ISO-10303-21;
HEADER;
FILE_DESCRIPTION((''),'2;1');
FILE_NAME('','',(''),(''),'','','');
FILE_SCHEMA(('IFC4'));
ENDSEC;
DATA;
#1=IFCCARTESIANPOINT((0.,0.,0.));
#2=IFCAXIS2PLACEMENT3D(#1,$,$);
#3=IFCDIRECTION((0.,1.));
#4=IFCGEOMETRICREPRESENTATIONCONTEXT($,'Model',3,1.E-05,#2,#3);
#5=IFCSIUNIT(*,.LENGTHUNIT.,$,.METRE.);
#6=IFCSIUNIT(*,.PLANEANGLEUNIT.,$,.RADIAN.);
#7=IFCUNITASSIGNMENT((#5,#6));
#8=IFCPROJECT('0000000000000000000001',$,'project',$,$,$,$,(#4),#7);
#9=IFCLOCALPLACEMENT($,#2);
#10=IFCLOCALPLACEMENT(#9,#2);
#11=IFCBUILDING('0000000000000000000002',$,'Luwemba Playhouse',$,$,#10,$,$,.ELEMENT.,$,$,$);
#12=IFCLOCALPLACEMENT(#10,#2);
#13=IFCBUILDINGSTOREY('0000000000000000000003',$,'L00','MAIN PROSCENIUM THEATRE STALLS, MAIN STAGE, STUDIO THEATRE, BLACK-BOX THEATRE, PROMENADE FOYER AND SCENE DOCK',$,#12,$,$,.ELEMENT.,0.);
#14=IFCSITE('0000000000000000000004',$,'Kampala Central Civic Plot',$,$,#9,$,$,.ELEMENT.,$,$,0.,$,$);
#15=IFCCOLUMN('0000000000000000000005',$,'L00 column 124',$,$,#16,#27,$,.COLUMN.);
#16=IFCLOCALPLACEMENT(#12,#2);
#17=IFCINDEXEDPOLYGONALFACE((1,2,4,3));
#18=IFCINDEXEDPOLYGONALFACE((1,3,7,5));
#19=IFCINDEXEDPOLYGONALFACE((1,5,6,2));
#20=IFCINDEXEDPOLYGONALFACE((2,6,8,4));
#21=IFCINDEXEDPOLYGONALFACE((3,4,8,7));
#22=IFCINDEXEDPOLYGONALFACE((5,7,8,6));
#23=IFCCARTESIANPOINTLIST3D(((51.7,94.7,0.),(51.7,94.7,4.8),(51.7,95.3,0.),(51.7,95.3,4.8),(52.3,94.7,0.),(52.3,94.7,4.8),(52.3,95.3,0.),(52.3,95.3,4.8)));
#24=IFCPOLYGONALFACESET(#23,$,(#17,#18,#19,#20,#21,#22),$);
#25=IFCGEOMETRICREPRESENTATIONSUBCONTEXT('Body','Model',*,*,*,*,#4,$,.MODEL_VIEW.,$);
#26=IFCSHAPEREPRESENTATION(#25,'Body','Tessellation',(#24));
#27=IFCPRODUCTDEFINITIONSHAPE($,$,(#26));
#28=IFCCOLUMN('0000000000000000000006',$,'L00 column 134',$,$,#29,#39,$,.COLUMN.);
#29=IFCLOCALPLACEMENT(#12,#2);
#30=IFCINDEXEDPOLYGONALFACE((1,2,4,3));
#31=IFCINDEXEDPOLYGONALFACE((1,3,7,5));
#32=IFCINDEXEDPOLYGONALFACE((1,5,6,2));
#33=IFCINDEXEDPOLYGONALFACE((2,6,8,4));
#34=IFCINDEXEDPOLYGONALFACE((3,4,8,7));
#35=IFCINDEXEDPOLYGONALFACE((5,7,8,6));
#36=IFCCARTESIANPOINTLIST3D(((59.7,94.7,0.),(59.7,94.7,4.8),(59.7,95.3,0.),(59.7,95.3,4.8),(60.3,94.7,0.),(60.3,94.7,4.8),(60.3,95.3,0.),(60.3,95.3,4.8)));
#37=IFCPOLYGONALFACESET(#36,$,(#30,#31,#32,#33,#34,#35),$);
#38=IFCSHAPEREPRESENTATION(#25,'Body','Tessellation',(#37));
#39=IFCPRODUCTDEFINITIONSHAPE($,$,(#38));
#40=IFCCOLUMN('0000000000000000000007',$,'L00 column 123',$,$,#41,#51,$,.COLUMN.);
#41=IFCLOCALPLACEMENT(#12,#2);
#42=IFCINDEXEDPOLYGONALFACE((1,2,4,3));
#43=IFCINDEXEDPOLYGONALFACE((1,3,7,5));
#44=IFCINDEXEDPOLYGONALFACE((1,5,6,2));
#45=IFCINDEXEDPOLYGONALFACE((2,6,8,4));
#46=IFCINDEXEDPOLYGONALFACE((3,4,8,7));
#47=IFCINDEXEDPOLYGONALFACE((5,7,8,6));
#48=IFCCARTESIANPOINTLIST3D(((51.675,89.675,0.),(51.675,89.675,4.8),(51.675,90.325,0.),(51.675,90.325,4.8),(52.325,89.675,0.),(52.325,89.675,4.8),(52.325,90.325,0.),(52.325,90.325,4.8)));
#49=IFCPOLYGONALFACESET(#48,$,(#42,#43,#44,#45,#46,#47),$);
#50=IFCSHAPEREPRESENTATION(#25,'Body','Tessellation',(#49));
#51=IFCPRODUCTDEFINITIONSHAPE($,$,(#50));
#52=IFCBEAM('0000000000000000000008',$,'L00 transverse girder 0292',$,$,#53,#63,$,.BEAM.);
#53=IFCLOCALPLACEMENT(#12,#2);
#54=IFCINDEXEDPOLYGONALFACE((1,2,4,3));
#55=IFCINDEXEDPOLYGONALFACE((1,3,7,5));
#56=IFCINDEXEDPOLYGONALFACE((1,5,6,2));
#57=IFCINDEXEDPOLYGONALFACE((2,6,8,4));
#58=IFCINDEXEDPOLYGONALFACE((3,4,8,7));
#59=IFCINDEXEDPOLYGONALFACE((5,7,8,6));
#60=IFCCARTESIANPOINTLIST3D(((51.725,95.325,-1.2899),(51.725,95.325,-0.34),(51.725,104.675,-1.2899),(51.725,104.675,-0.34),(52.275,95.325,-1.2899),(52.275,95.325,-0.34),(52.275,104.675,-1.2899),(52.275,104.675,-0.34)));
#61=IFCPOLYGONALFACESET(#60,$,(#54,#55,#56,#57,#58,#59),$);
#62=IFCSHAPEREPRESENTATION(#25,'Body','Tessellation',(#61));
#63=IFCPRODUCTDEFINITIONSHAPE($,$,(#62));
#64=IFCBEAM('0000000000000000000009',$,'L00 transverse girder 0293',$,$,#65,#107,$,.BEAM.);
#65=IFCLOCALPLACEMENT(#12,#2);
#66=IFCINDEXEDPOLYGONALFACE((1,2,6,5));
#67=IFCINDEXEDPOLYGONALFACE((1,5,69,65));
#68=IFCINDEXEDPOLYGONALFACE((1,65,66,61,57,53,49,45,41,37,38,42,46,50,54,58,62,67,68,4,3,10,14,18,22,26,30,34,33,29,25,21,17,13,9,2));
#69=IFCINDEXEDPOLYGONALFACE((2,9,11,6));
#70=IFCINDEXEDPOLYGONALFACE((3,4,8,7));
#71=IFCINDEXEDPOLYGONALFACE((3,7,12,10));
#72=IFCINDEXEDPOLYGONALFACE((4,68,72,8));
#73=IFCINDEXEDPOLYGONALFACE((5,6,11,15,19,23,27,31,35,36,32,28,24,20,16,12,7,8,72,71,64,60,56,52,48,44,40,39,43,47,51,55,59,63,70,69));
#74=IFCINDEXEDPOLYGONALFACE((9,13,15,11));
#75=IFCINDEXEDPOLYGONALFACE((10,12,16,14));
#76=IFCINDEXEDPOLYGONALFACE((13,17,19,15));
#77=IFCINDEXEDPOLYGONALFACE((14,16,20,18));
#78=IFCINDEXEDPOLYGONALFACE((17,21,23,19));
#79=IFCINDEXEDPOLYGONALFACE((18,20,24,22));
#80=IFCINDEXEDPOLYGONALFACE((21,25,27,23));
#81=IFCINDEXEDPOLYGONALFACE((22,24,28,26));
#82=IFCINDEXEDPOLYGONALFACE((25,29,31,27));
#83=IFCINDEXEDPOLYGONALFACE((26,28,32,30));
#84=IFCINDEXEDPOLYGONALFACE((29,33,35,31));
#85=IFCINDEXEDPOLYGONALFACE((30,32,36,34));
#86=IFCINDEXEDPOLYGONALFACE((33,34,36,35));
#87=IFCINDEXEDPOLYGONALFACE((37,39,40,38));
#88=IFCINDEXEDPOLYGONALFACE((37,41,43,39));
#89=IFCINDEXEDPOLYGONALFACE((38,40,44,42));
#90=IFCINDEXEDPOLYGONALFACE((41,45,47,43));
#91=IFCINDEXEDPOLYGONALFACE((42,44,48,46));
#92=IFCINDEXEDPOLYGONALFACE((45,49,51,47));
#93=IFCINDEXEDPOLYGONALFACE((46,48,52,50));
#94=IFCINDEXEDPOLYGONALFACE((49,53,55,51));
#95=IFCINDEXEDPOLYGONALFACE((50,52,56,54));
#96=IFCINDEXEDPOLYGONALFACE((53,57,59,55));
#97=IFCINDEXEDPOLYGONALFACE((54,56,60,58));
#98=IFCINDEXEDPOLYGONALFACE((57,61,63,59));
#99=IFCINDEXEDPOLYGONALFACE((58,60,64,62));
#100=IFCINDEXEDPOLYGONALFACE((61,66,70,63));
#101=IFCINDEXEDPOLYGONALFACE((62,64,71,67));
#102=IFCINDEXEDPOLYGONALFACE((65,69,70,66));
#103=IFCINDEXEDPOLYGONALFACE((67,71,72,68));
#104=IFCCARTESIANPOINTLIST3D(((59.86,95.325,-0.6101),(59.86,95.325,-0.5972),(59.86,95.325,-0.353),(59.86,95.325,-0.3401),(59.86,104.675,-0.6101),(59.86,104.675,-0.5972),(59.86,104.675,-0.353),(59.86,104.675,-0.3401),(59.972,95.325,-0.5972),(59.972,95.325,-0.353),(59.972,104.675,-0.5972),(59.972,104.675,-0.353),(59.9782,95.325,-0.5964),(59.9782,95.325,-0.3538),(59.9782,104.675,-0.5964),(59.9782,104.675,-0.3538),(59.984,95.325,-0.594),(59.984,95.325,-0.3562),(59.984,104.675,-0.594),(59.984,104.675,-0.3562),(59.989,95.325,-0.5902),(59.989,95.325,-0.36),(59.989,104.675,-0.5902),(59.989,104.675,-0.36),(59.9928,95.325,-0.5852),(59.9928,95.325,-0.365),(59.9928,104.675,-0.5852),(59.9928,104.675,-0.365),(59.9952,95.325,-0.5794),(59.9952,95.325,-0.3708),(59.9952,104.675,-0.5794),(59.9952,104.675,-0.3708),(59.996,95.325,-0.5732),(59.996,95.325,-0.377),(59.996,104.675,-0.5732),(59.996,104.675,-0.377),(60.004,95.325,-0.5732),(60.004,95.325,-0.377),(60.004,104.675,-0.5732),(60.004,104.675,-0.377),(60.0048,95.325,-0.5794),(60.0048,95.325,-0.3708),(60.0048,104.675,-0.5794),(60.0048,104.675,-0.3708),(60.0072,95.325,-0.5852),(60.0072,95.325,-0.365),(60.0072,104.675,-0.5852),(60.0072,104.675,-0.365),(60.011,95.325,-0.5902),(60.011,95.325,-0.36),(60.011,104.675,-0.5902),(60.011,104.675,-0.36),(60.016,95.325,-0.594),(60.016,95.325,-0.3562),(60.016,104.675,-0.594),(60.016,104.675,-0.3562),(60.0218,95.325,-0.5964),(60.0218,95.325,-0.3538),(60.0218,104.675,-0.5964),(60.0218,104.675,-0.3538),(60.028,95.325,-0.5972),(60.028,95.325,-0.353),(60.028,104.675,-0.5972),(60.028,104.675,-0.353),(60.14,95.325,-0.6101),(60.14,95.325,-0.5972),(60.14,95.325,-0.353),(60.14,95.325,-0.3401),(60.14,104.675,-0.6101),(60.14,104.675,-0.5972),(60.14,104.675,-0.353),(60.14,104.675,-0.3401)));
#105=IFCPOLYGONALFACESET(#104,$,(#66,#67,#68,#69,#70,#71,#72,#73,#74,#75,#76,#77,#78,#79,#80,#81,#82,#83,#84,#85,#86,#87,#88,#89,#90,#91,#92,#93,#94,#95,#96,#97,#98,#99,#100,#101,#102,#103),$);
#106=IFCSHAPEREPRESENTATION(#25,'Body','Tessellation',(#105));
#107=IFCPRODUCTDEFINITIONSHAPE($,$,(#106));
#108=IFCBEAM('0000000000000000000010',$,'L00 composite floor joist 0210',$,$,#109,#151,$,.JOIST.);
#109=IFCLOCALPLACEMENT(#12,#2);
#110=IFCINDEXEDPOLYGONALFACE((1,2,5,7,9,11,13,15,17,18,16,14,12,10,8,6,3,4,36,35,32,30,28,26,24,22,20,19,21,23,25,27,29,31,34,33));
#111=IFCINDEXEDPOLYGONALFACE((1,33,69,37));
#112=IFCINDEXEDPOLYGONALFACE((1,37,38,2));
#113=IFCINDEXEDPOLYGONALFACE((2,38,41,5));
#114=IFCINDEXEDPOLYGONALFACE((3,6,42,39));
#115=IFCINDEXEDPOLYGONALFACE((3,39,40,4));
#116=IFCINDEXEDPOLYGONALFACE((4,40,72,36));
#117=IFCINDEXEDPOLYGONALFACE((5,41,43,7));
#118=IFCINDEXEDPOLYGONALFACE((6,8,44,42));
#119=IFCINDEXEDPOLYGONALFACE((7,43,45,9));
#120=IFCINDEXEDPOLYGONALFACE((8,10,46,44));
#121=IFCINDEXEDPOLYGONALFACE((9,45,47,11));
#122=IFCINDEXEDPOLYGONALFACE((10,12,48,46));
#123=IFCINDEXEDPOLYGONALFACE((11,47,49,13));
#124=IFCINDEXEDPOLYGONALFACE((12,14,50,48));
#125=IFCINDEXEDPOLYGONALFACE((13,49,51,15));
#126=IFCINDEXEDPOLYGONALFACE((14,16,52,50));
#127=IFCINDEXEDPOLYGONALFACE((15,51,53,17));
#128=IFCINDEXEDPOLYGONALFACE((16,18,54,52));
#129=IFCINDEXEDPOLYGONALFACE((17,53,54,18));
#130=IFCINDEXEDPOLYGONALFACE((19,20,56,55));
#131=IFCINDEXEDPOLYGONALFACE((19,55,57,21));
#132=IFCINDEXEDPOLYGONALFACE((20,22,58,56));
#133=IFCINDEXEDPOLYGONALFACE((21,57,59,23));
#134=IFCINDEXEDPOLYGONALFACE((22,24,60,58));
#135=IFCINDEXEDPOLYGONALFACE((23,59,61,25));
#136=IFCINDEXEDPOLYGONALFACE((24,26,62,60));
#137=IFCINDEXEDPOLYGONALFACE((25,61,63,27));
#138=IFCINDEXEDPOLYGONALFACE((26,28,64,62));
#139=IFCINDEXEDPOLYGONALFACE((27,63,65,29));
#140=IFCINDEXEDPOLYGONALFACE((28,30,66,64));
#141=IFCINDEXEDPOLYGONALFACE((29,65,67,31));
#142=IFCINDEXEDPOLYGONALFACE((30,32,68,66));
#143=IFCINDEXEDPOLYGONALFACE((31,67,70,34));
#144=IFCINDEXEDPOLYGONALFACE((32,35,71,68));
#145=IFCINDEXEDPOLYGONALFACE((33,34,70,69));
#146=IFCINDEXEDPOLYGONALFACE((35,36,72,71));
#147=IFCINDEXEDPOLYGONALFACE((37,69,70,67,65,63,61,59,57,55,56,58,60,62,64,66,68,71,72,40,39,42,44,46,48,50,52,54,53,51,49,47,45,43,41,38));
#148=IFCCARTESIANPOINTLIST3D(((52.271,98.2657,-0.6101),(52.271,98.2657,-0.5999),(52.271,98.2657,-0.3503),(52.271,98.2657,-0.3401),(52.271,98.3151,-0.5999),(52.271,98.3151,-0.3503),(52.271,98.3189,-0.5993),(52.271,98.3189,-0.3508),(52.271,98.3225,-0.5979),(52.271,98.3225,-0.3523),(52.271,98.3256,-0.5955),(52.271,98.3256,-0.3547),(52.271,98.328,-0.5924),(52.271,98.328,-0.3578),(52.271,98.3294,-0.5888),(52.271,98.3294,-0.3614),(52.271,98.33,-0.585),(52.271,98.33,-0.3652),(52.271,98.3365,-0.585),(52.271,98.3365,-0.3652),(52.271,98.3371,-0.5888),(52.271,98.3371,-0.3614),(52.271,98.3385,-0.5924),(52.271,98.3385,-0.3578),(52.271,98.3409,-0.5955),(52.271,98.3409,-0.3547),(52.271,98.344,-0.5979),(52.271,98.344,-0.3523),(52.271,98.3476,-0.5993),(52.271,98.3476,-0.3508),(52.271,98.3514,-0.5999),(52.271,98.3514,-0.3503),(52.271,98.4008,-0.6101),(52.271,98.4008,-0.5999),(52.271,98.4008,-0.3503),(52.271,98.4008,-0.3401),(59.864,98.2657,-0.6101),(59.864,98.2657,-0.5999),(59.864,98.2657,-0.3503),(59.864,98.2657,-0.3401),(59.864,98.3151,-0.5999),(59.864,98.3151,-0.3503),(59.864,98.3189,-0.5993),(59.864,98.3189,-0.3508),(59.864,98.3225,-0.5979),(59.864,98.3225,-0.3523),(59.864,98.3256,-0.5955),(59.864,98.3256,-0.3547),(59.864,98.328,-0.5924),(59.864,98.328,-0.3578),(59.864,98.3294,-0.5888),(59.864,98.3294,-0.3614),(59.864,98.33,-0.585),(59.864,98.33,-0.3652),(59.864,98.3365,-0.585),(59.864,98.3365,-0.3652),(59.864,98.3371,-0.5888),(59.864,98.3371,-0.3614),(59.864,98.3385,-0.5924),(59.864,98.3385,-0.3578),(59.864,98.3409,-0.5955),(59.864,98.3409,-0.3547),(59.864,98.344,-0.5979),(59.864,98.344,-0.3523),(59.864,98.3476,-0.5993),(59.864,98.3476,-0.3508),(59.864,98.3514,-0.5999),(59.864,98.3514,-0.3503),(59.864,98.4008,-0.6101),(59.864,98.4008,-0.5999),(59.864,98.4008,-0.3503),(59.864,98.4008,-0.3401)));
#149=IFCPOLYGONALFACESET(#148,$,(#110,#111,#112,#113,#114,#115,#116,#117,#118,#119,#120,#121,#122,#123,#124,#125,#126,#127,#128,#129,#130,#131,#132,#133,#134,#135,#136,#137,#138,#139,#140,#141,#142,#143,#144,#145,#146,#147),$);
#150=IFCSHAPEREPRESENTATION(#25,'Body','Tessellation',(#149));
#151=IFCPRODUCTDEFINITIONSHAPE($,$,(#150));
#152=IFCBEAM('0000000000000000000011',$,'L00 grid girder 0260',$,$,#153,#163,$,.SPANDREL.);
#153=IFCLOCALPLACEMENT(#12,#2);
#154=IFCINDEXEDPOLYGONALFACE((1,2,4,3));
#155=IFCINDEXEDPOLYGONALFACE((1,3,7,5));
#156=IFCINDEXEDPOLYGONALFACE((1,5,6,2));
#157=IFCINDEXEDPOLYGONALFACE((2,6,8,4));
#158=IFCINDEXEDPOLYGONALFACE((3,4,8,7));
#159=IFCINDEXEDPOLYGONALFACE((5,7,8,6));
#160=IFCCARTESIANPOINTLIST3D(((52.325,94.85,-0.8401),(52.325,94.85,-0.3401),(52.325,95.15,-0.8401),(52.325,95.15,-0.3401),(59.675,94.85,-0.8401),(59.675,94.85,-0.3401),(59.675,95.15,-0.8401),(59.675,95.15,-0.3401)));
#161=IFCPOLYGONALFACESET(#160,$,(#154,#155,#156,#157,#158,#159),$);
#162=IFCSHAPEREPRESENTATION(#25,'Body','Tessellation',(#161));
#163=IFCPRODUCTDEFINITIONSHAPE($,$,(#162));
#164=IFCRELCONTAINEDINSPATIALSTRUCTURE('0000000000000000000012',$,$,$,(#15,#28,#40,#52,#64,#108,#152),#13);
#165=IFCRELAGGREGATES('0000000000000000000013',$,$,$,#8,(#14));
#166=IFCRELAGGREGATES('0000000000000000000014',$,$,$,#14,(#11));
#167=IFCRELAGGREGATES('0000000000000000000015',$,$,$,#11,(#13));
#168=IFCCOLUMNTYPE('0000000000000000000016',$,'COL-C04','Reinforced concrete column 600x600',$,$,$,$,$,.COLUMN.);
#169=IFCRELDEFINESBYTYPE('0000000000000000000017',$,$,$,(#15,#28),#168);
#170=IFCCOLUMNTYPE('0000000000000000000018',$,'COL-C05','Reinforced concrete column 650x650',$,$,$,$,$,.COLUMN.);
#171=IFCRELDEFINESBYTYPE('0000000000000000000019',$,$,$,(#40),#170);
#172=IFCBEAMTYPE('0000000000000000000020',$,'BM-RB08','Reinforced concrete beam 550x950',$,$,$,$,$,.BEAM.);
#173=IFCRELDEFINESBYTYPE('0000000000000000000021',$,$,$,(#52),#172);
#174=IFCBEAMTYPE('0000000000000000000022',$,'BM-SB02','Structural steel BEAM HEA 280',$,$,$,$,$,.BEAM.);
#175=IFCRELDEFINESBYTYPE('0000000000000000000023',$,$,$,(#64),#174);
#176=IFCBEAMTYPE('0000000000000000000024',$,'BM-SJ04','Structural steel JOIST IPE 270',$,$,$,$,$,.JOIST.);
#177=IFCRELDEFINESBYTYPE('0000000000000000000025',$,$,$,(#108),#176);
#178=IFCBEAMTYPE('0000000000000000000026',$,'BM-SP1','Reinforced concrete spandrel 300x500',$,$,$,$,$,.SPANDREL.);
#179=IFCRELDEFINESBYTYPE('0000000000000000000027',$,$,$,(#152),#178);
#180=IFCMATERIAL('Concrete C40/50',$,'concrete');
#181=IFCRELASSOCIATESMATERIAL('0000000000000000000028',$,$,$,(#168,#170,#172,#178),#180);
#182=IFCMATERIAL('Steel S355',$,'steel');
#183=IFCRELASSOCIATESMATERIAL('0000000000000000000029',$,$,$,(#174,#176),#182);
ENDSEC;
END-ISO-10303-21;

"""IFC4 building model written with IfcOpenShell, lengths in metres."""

from ifc_helpers import new_model, si_unit, direction, frame, origin, origin_2d, place, context, subcontext, project, spatial, rectangle, i_section, extrude, material, material_profile, profile_set, type_object, element, save


model = new_model("IFC4")

# Units and contexts
model_context = context("Model", 3, precision=1e-05, world=origin(), true_north=direction((0.0, 1.0)))
body_context = subcontext(model_context, "Body", "Model", "MODEL_VIEW")
ifc_project = project(units=[si_unit("LENGTHUNIT", "METRE"), si_unit("PLANEANGLEUNIT", "RADIAN")], contexts=[model_context])

# Site, building, storey
site_placement = place(None, origin())
site = spatial("IfcSite", under=ifc_project, at=site_placement, Name="Kampala Central Civic Plot", CompositionType="ELEMENT", RefElevation=0.0)
building_placement = place(site_placement, origin())
building = spatial("IfcBuilding", under=site, at=building_placement, Name="Luwemba Playhouse", CompositionType="ELEMENT")
storey_placement = place(building_placement, origin())
storey = spatial("IfcBuildingStorey", under=building, at=storey_placement, Name="L00", Description="MAIN PROSCENIUM THEATRE STALLS, MAIN STAGE, STUDIO THEATRE, BLACK-BOX THEATRE, PROMENADE FOYER AND SCENE DOCK", CompositionType="ELEMENT", Elevation=0.0)

# Columns
ifc_material_1 = material(Name="Concrete C40/50", Category="concrete")
ifc_material_profile_1 = material_profile(ifc_material_1, rectangle(XDim=0.6001, YDim=0.6001, at=origin_2d()))
ifc_profile_set_1 = profile_set([ifc_material_profile_1], Name="Concrete C40/50")
column_type_1 = type_object("IfcColumnType", Name="COL-C04", Description="Reinforced concrete column 600x600", PredefinedType="COLUMN", material=ifc_profile_set_1)
for number, where, z_axis, x_axis, name in (
    (1, (52.0, 95.0, 0.0), (0.0, 0.0, 1.0), (1.0, 0.0, 0.0), "L00 column 124"),
    (2, (60.0, 95.0, 0.0), (0.0, 0.0, 1.0), (1.0, 0.0, 0.0), "L00 column 134"),
):
    element("IfcColumn", number, at=place(storey_placement, frame(where, z_axis=z_axis, x_axis=x_axis)), inside=storey, type_object=column_type_1, Name=name, PredefinedType="COLUMN", context=body_context, shape_type="SweptSolid", body=[
        extrude(rectangle(XDim=0.6001, YDim=0.6001, at=origin_2d()), origin(), (0.0, 0.0, 1.0), 4.8),
    ])
ifc_material_profile_2 = material_profile(ifc_material_1, rectangle(XDim=0.6499, YDim=0.6499, at=origin_2d()))
ifc_profile_set_2 = profile_set([ifc_material_profile_2], Name="Concrete C40/50")
column_type_2 = type_object("IfcColumnType", Name="COL-C05", Description="Reinforced concrete column 650x650", PredefinedType="COLUMN", material=ifc_profile_set_2)
column_placement = place(storey_placement, frame((52.0, 90.0, 0.0), z_axis=(0.0, 0.0, 1.0), x_axis=(1.0, 0.0, 0.0)))
element("IfcColumn", 3, at=column_placement, inside=storey, type_object=column_type_2, Name="L00 column 123", PredefinedType="COLUMN", context=body_context, shape_type="SweptSolid", body=[
    extrude(rectangle(XDim=0.6499, YDim=0.6499, at=origin_2d()), origin(), (0.0, 0.0, 1.0), 4.8),
])

# Beams
ifc_material_profile_3 = material_profile(ifc_material_1, rectangle(XDim=0.55, YDim=0.95, at=origin_2d()))
ifc_profile_set_3 = profile_set([ifc_material_profile_3], Name="Concrete C40/50")
beam_type_1 = type_object("IfcBeamType", Name="BM-RB08", Description="Reinforced concrete beam 550x950", PredefinedType="BEAM", material=ifc_profile_set_3)
beam_1_placement = place(storey_placement, frame((52.0, 95.325, -0.8149), z_axis=(0.0, 1.0, 0.0), x_axis=(-1.0, 0.0, 0.0)))
element("IfcBeam", 4, at=beam_1_placement, inside=storey, type_object=beam_type_1, Name="L00 transverse girder 0292", PredefinedType="BEAM", context=body_context, shape_type="SweptSolid", body=[
    extrude(rectangle(XDim=0.55, YDim=0.95, at=origin_2d()), origin(), (0.0, 0.0, 1.0), 9.3501),
])
ifc_material_2 = material(Name="Steel S355", Category="steel")
ifc_material_profile_4 = material_profile(ifc_material_2, i_section(OverallWidth=0.28, OverallDepth=0.27, WebThickness=0.0081, FlangeThickness=0.0129, FilletRadius=0.0239, at=origin_2d()))
ifc_profile_set_4 = profile_set([ifc_material_profile_4], Name="Steel S355")
beam_type_2 = type_object("IfcBeamType", Name="BM-SB02", Description="Structural steel BEAM HEA 280", PredefinedType="BEAM", material=ifc_profile_set_4)
beam_2_placement = place(storey_placement, frame((60.0, 95.325, -0.4751), z_axis=(0.0, 1.0, 0.0), x_axis=(-1.0, 0.0, 0.0)))
element("IfcBeam", 5, at=beam_2_placement, inside=storey, type_object=beam_type_2, Name="L00 transverse girder 0293", PredefinedType="BEAM", context=body_context, shape_type="SweptSolid", body=[
    extrude(i_section(OverallWidth=0.28, OverallDepth=0.27, WebThickness=0.0081, FlangeThickness=0.0129, FilletRadius=0.0239, at=origin_2d()), origin(), (0.0, 0.0, 1.0), 9.3501),
])
ifc_material_profile_5 = material_profile(ifc_material_2, i_section(OverallWidth=0.135, OverallDepth=0.27, WebThickness=0.0066, FlangeThickness=0.0103, FilletRadius=0.0149, at=origin_2d()))
ifc_profile_set_5 = profile_set([ifc_material_profile_5], Name="Steel S355")
beam_type_3 = type_object("IfcBeamType", Name="BM-SJ04", Description="Structural steel JOIST IPE 270", PredefinedType="JOIST", material=ifc_profile_set_5)
beam_3_placement = place(storey_placement, frame((52.271, 98.3333, -0.4751), z_axis=(1.0, 0.0, 0.0), x_axis=(0.0, 1.0, 0.0)))
element("IfcBeam", 6, at=beam_3_placement, inside=storey, type_object=beam_type_3, Name="L00 composite floor joist 0210", PredefinedType="JOIST", context=body_context, shape_type="SweptSolid", body=[
    extrude(i_section(OverallWidth=0.135, OverallDepth=0.27, WebThickness=0.0066, FlangeThickness=0.0103, FilletRadius=0.0149, at=origin_2d()), origin(), (0.0, 0.0, 1.0), 7.593),
])
ifc_material_profile_6 = material_profile(ifc_material_1, rectangle(XDim=0.3, YDim=0.5, at=origin_2d()))
ifc_profile_set_6 = profile_set([ifc_material_profile_6], Name="Concrete C40/50")
beam_type_4 = type_object("IfcBeamType", Name="BM-SP1", Description="Reinforced concrete spandrel 300x500", PredefinedType="SPANDREL", material=ifc_profile_set_6)
beam_4_placement = place(storey_placement, frame((52.325, 95.0, -0.5901), z_axis=(1.0, 0.0, 0.0), x_axis=(0.0, 1.0, 0.0)))
element("IfcBeam", 7, at=beam_4_placement, inside=storey, type_object=beam_type_4, Name="L00 grid girder 0260", PredefinedType="SPANDREL", context=body_context, shape_type="SweptSolid", body=[
    extrude(rectangle(XDim=0.3, YDim=0.5, at=origin_2d()), origin(), (0.0, 0.0, 1.0), 7.3501),
])

save(model, "model.ifc")
